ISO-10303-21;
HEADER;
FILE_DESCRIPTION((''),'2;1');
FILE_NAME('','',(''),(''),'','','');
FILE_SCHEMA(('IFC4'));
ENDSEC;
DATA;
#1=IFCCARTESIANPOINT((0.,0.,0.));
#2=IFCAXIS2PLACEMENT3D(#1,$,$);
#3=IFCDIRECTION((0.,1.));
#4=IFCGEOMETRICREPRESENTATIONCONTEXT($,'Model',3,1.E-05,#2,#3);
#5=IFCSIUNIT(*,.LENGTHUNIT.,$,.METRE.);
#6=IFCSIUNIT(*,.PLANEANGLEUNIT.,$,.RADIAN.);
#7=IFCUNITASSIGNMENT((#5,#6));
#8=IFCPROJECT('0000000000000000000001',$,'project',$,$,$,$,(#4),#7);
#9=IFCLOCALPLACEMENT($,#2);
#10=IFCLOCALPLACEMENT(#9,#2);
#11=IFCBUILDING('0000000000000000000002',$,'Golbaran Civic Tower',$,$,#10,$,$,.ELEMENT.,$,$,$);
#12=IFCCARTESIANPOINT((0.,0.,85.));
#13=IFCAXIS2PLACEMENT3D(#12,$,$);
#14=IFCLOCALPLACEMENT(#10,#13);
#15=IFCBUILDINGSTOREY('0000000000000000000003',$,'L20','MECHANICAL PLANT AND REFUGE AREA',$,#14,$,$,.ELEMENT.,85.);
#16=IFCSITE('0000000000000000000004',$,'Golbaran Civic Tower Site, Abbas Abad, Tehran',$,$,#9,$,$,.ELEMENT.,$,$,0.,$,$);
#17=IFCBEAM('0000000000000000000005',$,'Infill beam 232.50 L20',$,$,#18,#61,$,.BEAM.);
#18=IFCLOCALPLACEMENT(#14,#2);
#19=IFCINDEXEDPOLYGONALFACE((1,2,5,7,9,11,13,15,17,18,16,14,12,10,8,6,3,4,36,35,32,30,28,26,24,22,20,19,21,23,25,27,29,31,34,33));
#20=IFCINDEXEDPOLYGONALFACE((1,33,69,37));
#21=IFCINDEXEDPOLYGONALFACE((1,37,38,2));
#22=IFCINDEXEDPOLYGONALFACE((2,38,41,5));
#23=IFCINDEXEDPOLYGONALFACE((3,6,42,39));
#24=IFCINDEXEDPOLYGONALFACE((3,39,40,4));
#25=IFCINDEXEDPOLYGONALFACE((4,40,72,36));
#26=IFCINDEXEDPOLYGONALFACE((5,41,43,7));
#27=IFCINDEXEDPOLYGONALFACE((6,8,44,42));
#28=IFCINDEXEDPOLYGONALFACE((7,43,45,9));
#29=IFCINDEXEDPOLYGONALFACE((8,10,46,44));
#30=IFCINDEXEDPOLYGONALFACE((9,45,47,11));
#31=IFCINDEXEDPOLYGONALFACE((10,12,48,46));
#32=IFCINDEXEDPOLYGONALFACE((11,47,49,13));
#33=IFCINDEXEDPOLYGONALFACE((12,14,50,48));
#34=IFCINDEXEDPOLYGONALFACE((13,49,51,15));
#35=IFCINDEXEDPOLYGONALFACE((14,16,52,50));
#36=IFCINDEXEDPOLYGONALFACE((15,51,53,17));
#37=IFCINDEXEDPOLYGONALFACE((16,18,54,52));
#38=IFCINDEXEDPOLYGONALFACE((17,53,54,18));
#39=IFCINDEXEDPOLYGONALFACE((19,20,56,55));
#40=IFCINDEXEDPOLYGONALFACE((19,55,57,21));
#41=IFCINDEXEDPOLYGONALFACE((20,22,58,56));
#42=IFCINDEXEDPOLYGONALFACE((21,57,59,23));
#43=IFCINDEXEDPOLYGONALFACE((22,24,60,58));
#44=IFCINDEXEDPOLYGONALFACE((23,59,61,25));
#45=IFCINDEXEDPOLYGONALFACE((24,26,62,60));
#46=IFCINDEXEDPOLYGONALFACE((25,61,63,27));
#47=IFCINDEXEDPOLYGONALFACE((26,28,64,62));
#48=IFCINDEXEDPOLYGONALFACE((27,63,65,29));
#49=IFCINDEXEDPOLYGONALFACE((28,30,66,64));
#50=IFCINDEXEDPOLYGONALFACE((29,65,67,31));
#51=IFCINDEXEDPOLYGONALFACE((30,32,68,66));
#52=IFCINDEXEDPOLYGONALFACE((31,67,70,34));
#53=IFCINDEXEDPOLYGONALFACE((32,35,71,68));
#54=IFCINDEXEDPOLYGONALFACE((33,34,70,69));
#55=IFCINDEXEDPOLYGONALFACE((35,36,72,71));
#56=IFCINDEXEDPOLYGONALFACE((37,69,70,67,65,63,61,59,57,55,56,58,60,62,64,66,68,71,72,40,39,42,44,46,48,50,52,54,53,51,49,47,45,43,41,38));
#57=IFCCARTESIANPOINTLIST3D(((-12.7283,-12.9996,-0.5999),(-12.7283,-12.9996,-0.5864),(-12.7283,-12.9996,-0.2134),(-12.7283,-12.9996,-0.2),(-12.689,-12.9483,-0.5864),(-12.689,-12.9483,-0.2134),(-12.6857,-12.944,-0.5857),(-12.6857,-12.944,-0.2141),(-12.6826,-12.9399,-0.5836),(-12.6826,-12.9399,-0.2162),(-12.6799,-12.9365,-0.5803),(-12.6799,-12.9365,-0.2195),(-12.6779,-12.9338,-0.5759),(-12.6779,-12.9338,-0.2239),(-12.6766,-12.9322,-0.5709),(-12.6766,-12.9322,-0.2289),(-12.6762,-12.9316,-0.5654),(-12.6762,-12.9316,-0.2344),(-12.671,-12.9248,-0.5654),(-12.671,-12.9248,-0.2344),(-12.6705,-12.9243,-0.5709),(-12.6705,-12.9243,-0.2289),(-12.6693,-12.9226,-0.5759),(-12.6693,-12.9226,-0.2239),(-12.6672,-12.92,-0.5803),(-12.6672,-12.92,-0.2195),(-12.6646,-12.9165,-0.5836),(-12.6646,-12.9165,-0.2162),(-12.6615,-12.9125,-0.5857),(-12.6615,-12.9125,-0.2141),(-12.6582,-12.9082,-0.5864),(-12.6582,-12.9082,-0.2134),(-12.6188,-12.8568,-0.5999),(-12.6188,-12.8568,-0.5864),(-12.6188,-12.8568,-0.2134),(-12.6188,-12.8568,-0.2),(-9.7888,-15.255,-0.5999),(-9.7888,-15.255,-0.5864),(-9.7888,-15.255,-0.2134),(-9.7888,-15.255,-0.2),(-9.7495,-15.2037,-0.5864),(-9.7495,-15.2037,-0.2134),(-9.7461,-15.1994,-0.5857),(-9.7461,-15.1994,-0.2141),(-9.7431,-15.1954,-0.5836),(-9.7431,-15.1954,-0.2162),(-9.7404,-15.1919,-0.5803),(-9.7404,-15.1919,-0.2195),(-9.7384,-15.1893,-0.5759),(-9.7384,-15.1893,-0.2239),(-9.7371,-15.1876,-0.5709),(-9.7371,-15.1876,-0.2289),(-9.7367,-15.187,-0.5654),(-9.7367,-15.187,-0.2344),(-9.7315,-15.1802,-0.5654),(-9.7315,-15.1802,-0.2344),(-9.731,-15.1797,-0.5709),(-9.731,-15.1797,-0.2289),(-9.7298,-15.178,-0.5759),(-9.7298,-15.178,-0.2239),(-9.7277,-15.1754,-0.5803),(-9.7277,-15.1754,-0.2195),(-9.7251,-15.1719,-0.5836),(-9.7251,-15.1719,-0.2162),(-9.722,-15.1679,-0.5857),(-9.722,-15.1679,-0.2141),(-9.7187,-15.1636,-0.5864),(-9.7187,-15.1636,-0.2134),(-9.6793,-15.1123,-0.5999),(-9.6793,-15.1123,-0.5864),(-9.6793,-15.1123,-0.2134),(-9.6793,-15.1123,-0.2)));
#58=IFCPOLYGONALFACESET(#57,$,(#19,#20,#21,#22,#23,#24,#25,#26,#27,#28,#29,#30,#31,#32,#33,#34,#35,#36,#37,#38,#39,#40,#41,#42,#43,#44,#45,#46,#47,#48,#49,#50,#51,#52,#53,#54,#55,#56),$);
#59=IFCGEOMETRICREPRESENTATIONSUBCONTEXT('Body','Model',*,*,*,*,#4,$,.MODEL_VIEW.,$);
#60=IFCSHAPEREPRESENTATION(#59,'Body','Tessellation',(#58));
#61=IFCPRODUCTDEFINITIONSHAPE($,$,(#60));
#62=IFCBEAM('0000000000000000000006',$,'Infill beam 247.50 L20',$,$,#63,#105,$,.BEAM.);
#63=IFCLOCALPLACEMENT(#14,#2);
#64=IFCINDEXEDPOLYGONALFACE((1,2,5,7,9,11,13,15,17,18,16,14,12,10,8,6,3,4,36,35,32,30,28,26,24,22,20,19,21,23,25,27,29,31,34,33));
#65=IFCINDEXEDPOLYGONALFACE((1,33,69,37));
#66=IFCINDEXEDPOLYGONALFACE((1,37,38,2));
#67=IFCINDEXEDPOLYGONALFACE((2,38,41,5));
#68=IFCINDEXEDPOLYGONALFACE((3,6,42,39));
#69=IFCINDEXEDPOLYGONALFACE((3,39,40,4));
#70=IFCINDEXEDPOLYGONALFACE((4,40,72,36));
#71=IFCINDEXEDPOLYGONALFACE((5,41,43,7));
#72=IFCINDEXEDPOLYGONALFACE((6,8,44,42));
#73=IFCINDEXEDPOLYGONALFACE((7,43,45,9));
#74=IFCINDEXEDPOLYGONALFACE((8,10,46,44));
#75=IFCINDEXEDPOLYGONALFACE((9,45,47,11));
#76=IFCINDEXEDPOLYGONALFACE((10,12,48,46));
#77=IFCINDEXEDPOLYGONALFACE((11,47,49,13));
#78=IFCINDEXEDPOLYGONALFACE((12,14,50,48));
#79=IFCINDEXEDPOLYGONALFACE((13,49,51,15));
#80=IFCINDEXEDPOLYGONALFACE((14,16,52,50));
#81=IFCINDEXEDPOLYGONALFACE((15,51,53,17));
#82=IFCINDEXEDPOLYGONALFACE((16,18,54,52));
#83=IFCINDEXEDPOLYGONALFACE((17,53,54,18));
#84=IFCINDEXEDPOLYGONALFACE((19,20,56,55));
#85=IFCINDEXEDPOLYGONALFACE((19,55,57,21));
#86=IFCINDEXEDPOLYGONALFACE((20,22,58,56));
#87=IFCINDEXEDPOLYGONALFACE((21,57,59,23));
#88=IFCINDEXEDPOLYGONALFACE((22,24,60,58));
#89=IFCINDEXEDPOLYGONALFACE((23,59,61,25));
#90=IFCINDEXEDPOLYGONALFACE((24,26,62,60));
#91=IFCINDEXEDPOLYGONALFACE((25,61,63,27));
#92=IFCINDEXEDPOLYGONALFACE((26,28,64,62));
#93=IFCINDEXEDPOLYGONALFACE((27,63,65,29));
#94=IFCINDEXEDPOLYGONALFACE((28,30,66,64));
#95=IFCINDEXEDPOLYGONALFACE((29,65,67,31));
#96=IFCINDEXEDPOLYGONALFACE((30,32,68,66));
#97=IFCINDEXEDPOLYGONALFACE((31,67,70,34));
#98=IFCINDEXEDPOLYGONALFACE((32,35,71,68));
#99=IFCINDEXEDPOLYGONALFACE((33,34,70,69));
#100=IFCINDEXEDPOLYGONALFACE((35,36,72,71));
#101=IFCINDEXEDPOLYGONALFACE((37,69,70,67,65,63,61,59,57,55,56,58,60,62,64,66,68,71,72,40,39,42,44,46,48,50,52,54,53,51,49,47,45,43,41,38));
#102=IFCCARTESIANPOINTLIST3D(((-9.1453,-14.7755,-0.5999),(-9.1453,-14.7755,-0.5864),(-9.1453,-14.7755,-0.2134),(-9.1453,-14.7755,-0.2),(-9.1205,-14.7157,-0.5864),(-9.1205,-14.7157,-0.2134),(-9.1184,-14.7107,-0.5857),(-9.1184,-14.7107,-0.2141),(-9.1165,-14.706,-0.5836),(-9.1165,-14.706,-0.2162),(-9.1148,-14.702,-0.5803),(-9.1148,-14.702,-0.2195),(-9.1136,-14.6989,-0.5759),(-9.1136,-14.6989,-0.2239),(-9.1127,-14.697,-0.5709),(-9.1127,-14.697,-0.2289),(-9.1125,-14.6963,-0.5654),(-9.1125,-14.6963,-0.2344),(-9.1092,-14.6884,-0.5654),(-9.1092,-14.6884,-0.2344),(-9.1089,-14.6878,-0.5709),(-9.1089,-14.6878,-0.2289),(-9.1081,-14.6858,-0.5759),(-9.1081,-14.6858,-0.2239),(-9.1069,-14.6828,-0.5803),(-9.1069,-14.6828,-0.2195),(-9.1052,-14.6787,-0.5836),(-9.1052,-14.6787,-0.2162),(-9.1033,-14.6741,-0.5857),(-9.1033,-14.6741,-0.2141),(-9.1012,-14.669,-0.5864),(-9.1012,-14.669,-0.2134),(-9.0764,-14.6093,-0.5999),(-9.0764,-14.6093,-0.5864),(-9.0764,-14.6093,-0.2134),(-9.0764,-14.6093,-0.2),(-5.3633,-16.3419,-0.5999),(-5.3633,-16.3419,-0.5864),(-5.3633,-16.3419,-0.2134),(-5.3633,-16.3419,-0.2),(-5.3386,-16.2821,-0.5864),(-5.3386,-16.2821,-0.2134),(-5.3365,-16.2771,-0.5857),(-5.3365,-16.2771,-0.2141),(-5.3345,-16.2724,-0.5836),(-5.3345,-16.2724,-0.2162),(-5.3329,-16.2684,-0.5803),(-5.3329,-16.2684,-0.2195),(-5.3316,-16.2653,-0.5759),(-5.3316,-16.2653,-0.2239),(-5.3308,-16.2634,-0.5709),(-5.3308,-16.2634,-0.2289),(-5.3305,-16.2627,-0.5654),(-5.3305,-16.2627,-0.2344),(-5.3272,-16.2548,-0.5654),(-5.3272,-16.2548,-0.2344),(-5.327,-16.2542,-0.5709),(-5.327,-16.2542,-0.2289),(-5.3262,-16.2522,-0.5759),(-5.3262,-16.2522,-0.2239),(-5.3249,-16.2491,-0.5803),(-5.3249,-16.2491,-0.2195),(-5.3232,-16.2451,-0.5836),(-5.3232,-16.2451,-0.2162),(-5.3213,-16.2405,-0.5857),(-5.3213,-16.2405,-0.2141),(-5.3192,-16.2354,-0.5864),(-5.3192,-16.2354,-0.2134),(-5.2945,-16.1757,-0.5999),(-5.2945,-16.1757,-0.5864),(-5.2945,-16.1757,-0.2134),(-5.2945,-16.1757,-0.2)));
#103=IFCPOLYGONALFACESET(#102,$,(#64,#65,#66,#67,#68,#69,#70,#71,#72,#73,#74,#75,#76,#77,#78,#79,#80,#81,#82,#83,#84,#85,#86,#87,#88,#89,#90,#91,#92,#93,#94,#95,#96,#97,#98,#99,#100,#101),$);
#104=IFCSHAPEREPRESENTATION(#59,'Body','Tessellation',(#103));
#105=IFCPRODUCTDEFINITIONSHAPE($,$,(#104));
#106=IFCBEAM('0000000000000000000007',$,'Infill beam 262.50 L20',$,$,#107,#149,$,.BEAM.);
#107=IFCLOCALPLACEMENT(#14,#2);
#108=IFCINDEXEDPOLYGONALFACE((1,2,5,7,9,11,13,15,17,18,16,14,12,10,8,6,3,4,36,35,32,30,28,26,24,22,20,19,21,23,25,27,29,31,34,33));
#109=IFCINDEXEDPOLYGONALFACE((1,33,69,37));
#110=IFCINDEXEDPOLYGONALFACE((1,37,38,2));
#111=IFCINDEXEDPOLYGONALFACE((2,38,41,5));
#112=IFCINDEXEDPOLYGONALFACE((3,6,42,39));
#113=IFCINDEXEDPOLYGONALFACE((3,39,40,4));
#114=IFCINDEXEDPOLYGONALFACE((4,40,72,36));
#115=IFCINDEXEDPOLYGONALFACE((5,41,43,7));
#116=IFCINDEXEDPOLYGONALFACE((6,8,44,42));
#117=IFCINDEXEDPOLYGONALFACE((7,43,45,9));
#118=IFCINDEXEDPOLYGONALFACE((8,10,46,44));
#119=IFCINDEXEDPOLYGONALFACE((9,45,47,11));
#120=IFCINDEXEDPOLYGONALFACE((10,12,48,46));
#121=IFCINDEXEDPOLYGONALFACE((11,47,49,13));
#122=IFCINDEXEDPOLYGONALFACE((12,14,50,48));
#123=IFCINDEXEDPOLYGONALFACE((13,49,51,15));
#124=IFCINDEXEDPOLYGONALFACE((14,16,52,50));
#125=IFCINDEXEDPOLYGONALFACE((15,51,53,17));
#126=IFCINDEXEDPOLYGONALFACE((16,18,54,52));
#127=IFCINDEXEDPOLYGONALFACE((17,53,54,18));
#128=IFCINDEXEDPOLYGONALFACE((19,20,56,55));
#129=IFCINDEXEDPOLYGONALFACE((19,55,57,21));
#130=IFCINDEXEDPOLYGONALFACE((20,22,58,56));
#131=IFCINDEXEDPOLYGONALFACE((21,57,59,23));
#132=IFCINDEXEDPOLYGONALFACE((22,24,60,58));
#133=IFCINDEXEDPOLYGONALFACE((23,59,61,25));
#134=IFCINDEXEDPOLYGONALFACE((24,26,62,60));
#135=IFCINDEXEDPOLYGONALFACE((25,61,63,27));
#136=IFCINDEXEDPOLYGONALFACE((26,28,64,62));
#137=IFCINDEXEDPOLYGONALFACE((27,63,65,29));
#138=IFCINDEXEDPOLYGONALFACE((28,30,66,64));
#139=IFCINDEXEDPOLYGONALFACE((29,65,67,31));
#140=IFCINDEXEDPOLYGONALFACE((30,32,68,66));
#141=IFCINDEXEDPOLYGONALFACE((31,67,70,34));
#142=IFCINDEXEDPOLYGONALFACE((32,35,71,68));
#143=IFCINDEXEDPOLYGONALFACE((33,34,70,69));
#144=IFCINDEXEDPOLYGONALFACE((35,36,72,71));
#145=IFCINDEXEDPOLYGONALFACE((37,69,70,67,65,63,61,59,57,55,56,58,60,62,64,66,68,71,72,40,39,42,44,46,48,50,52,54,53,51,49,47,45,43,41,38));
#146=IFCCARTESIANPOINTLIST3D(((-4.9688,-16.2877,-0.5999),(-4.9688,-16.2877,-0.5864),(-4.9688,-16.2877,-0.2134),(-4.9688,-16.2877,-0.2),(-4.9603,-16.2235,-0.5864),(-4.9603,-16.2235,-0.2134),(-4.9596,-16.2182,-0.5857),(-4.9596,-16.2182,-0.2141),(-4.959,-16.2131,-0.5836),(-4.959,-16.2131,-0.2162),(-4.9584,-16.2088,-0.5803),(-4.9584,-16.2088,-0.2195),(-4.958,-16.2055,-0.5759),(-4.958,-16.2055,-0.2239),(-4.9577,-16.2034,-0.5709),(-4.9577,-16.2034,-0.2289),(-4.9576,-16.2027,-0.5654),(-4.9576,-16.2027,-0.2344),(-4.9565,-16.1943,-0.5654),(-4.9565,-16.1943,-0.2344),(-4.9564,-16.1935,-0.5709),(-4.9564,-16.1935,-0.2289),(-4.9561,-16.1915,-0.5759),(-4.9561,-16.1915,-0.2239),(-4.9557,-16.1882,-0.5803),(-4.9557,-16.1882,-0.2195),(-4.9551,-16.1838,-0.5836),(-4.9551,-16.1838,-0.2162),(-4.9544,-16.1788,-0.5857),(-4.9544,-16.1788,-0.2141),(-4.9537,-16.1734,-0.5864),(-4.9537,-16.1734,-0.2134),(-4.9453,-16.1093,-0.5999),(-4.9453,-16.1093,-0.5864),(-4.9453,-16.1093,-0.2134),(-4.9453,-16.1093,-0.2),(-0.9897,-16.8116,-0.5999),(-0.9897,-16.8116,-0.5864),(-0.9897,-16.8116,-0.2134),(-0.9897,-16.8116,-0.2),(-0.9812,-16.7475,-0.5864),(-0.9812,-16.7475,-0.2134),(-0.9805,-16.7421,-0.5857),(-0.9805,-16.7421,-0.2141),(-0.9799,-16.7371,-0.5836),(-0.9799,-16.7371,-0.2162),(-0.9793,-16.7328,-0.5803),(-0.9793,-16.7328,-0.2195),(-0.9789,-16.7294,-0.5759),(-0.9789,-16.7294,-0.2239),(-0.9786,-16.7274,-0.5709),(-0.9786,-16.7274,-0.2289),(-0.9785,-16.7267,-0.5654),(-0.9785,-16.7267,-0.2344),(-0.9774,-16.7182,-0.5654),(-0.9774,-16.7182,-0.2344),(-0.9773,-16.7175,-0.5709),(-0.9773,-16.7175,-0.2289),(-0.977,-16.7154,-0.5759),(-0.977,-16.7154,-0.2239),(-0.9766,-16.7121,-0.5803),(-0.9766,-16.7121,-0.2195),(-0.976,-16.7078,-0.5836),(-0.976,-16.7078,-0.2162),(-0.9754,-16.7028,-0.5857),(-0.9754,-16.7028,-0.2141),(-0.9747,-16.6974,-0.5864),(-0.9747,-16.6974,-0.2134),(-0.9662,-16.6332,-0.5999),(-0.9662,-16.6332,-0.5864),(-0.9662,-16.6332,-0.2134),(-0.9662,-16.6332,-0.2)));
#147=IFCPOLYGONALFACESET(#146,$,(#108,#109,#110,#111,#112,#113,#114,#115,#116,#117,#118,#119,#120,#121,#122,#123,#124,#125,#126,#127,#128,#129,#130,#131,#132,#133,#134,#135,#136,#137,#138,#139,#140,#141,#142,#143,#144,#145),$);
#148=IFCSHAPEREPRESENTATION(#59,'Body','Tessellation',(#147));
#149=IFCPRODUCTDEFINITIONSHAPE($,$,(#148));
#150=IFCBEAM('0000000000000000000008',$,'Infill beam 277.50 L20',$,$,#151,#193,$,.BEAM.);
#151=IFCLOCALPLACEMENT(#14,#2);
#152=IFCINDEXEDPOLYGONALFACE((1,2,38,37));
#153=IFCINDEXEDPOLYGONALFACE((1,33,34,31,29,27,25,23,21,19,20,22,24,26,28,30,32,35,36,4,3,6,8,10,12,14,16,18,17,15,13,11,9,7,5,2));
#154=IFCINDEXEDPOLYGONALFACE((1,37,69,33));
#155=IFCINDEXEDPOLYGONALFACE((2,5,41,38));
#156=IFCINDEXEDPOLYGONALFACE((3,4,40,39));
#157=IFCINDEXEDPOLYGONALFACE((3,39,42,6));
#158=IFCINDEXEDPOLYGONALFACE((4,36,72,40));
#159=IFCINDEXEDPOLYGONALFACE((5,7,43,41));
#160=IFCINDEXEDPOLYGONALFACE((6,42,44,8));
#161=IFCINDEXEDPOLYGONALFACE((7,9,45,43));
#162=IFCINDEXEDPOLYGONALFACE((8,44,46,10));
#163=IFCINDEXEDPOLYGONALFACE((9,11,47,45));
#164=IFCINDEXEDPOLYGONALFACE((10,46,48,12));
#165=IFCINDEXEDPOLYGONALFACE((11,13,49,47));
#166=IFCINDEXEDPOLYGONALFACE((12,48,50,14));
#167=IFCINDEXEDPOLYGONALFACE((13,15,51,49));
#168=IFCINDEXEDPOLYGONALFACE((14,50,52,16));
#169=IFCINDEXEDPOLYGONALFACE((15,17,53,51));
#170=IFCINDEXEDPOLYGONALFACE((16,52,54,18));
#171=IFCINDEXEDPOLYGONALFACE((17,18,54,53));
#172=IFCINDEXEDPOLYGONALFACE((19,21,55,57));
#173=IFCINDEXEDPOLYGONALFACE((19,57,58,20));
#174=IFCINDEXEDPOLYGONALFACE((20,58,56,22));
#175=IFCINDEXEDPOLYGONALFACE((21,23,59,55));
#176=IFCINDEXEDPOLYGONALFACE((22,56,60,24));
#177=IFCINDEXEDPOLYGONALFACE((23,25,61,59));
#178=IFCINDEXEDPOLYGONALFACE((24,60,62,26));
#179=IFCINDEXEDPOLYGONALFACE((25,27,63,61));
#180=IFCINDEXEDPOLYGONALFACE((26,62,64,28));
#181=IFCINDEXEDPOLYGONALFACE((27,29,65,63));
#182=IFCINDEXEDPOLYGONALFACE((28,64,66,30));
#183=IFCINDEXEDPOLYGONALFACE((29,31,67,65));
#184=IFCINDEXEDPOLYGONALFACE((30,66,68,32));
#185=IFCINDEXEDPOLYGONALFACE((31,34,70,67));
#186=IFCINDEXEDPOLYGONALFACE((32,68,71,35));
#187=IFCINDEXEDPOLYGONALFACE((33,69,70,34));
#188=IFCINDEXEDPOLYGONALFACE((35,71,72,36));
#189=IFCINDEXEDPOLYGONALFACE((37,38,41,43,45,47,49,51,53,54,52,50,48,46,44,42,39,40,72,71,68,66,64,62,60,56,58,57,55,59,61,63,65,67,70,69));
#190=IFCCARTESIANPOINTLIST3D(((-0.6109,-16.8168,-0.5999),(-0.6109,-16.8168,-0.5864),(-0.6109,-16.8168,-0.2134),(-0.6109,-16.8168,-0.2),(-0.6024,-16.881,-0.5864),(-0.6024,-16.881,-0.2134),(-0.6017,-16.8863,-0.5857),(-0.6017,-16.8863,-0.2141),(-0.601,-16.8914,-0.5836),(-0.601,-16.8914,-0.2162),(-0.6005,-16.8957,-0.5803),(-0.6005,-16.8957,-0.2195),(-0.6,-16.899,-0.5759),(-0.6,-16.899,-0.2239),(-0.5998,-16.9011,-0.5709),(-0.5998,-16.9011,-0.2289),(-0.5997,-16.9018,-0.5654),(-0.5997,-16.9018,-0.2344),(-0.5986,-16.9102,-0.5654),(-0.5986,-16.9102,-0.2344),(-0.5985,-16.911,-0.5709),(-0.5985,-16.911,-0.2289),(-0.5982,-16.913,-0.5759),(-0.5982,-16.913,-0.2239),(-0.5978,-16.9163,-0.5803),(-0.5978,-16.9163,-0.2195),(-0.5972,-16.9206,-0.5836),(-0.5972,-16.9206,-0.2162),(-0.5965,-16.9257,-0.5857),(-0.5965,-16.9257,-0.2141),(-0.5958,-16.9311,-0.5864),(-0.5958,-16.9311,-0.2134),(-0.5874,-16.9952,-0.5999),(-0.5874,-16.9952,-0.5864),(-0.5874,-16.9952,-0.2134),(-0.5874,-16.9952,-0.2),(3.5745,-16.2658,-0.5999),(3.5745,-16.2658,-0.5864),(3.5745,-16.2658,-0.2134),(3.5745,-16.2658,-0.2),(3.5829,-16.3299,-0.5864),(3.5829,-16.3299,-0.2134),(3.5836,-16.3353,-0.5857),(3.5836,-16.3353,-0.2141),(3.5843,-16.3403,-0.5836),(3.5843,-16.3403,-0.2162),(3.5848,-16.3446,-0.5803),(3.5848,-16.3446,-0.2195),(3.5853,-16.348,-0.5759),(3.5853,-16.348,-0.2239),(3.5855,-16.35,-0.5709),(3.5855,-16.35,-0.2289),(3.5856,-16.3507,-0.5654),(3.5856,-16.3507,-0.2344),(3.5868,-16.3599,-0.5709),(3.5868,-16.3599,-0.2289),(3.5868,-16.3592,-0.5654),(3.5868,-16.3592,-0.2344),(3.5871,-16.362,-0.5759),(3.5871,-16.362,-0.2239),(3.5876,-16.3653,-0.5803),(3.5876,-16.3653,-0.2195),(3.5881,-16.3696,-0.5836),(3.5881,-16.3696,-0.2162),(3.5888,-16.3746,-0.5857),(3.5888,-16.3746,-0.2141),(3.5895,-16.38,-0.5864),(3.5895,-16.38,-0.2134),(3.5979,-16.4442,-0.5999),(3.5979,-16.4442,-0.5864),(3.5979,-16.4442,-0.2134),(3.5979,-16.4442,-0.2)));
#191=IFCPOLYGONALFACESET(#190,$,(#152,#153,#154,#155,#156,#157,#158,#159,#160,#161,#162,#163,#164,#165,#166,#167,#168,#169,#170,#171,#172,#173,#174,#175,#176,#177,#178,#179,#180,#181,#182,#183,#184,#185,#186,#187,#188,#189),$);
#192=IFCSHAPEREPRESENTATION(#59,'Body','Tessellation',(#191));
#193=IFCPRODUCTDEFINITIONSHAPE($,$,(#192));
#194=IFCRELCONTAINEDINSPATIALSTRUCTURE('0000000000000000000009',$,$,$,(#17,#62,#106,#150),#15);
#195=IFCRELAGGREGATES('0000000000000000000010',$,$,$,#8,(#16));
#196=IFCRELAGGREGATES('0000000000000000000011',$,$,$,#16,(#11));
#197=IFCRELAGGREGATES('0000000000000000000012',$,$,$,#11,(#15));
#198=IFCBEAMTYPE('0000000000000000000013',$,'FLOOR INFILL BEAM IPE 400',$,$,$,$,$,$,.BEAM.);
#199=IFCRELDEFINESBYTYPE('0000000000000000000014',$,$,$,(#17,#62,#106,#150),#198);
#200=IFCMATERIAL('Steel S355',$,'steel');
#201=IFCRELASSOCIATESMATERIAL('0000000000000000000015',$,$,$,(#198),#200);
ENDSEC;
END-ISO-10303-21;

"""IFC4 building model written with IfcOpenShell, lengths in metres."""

from ifc_helpers import new_model, si_unit, direction, frame, origin, origin_2d, place, context, subcontext, project, spatial, i_section, extrude, material, material_profile, profile_set, type_object, element, save


model = new_model("IFC4")

# Units and contexts
model_context = context("Model", 3, precision=1e-05, world=origin(), true_north=direction((0.0, 1.0)))
body_context = subcontext(model_context, "Body", "Model", "MODEL_VIEW")
ifc_project = project(units=[si_unit("LENGTHUNIT", "METRE"), si_unit("PLANEANGLEUNIT", "RADIAN")], contexts=[model_context])

# Site, building, storey
site_placement = place(None, origin())
site = spatial("IfcSite", under=ifc_project, at=site_placement, Name="Golbaran Civic Tower Site, Abbas Abad, Tehran", CompositionType="ELEMENT", RefElevation=0.0)
building_placement = place(site_placement, origin())
building = spatial("IfcBuilding", under=site, at=building_placement, Name="Golbaran Civic Tower", CompositionType="ELEMENT")
storey_placement = place(building_placement, frame((0.0, 0.0, 85.0)))
storey = spatial("IfcBuildingStorey", under=building, at=storey_placement, Name="L20", Description="MECHANICAL PLANT AND REFUGE AREA", CompositionType="ELEMENT", Elevation=85.0)

# Shared definitions
ifc_material_1 = material(Name="Steel S355", Category="steel")

# Beams
ifc_material_profile_1 = material_profile(ifc_material_1, i_section(OverallWidth=0.1799, OverallDepth=0.3999, WebThickness=0.0085, FlangeThickness=0.0134, FilletRadius=0.021, at=origin_2d()), Name="IPE 400")
ifc_profile_set_1 = profile_set([ifc_material_profile_1], Name="Steel S355")
beam_type_1 = type_object("IfcBeamType", Name="FLOOR INFILL BEAM IPE 400", PredefinedType="BEAM", material=ifc_profile_set_1)
beam_1_placement = place(storey_placement, frame((-12.6736, -12.9282, -0.3999), z_axis=(0.793373, -0.608736, 0.0), x_axis=(0.608736, 0.793373, 0.0)))
element("IfcBeam", 1, at=beam_1_placement, inside=storey, type_object=beam_type_1, Name="Infill beam 232.50 L20", PredefinedType="BEAM", context=body_context, shape_type="SweptSolid", body=[
    extrude(i_section(OverallWidth=0.1799, OverallDepth=0.3999, WebThickness=0.0085, FlangeThickness=0.0134, FilletRadius=0.021, at=origin_2d()), origin(), (0.0, 0.0, 1.0), 3.7051),
])
beam_2_placement = place(storey_placement, frame((-9.1108, -14.6924, -0.3999), z_axis=(0.923892, -0.382654, 0.0), x_axis=(0.382654, 0.923892, 0.0)))
element("IfcBeam", 2, at=beam_2_placement, inside=storey, type_object=beam_type_1, Name="Infill beam 247.50 L20", PredefinedType="BEAM", context=body_context, shape_type="SweptSolid", body=[
    extrude(i_section(OverallWidth=0.1799, OverallDepth=0.3999, WebThickness=0.0085, FlangeThickness=0.0134, FilletRadius=0.021, at=origin_2d()), origin(), (0.0, 0.0, 1.0), 4.0935),
])
beam_3_placement = place(storey_placement, frame((-4.957, -16.1985, -0.3999), z_axis=(0.991442, -0.130546, 0.0), x_axis=(0.130546, 0.991442, 0.0)))
element("IfcBeam", 3, at=beam_3_placement, inside=storey, type_object=beam_type_1, Name="Infill beam 262.50 L20", PredefinedType="BEAM", context=body_context, shape_type="SweptSolid", body=[
    extrude(i_section(OverallWidth=0.1799, OverallDepth=0.3999, WebThickness=0.0085, FlangeThickness=0.0134, FilletRadius=0.021, at=origin_2d()), origin(), (0.0, 0.0, 1.0), 4.0134),
])
beam_4_placement = place(storey_placement, frame((-0.5991, -16.906, -0.3999), z_axis=(0.991444, 0.130531, 0.0), x_axis=(-0.130531, 0.991444, 0.0)))
element("IfcBeam", 4, at=beam_4_placement, inside=storey, type_object=beam_type_1, Name="Infill beam 277.50 L20", PredefinedType="BEAM", context=body_context, shape_type="SweptSolid", body=[
    extrude(i_section(OverallWidth=0.1799, OverallDepth=0.3999, WebThickness=0.0085, FlangeThickness=0.0134, FilletRadius=0.021, at=origin_2d()), origin(), (0.0, 0.0, 1.0), 4.2214),
])

save(model, "model.ifc")
